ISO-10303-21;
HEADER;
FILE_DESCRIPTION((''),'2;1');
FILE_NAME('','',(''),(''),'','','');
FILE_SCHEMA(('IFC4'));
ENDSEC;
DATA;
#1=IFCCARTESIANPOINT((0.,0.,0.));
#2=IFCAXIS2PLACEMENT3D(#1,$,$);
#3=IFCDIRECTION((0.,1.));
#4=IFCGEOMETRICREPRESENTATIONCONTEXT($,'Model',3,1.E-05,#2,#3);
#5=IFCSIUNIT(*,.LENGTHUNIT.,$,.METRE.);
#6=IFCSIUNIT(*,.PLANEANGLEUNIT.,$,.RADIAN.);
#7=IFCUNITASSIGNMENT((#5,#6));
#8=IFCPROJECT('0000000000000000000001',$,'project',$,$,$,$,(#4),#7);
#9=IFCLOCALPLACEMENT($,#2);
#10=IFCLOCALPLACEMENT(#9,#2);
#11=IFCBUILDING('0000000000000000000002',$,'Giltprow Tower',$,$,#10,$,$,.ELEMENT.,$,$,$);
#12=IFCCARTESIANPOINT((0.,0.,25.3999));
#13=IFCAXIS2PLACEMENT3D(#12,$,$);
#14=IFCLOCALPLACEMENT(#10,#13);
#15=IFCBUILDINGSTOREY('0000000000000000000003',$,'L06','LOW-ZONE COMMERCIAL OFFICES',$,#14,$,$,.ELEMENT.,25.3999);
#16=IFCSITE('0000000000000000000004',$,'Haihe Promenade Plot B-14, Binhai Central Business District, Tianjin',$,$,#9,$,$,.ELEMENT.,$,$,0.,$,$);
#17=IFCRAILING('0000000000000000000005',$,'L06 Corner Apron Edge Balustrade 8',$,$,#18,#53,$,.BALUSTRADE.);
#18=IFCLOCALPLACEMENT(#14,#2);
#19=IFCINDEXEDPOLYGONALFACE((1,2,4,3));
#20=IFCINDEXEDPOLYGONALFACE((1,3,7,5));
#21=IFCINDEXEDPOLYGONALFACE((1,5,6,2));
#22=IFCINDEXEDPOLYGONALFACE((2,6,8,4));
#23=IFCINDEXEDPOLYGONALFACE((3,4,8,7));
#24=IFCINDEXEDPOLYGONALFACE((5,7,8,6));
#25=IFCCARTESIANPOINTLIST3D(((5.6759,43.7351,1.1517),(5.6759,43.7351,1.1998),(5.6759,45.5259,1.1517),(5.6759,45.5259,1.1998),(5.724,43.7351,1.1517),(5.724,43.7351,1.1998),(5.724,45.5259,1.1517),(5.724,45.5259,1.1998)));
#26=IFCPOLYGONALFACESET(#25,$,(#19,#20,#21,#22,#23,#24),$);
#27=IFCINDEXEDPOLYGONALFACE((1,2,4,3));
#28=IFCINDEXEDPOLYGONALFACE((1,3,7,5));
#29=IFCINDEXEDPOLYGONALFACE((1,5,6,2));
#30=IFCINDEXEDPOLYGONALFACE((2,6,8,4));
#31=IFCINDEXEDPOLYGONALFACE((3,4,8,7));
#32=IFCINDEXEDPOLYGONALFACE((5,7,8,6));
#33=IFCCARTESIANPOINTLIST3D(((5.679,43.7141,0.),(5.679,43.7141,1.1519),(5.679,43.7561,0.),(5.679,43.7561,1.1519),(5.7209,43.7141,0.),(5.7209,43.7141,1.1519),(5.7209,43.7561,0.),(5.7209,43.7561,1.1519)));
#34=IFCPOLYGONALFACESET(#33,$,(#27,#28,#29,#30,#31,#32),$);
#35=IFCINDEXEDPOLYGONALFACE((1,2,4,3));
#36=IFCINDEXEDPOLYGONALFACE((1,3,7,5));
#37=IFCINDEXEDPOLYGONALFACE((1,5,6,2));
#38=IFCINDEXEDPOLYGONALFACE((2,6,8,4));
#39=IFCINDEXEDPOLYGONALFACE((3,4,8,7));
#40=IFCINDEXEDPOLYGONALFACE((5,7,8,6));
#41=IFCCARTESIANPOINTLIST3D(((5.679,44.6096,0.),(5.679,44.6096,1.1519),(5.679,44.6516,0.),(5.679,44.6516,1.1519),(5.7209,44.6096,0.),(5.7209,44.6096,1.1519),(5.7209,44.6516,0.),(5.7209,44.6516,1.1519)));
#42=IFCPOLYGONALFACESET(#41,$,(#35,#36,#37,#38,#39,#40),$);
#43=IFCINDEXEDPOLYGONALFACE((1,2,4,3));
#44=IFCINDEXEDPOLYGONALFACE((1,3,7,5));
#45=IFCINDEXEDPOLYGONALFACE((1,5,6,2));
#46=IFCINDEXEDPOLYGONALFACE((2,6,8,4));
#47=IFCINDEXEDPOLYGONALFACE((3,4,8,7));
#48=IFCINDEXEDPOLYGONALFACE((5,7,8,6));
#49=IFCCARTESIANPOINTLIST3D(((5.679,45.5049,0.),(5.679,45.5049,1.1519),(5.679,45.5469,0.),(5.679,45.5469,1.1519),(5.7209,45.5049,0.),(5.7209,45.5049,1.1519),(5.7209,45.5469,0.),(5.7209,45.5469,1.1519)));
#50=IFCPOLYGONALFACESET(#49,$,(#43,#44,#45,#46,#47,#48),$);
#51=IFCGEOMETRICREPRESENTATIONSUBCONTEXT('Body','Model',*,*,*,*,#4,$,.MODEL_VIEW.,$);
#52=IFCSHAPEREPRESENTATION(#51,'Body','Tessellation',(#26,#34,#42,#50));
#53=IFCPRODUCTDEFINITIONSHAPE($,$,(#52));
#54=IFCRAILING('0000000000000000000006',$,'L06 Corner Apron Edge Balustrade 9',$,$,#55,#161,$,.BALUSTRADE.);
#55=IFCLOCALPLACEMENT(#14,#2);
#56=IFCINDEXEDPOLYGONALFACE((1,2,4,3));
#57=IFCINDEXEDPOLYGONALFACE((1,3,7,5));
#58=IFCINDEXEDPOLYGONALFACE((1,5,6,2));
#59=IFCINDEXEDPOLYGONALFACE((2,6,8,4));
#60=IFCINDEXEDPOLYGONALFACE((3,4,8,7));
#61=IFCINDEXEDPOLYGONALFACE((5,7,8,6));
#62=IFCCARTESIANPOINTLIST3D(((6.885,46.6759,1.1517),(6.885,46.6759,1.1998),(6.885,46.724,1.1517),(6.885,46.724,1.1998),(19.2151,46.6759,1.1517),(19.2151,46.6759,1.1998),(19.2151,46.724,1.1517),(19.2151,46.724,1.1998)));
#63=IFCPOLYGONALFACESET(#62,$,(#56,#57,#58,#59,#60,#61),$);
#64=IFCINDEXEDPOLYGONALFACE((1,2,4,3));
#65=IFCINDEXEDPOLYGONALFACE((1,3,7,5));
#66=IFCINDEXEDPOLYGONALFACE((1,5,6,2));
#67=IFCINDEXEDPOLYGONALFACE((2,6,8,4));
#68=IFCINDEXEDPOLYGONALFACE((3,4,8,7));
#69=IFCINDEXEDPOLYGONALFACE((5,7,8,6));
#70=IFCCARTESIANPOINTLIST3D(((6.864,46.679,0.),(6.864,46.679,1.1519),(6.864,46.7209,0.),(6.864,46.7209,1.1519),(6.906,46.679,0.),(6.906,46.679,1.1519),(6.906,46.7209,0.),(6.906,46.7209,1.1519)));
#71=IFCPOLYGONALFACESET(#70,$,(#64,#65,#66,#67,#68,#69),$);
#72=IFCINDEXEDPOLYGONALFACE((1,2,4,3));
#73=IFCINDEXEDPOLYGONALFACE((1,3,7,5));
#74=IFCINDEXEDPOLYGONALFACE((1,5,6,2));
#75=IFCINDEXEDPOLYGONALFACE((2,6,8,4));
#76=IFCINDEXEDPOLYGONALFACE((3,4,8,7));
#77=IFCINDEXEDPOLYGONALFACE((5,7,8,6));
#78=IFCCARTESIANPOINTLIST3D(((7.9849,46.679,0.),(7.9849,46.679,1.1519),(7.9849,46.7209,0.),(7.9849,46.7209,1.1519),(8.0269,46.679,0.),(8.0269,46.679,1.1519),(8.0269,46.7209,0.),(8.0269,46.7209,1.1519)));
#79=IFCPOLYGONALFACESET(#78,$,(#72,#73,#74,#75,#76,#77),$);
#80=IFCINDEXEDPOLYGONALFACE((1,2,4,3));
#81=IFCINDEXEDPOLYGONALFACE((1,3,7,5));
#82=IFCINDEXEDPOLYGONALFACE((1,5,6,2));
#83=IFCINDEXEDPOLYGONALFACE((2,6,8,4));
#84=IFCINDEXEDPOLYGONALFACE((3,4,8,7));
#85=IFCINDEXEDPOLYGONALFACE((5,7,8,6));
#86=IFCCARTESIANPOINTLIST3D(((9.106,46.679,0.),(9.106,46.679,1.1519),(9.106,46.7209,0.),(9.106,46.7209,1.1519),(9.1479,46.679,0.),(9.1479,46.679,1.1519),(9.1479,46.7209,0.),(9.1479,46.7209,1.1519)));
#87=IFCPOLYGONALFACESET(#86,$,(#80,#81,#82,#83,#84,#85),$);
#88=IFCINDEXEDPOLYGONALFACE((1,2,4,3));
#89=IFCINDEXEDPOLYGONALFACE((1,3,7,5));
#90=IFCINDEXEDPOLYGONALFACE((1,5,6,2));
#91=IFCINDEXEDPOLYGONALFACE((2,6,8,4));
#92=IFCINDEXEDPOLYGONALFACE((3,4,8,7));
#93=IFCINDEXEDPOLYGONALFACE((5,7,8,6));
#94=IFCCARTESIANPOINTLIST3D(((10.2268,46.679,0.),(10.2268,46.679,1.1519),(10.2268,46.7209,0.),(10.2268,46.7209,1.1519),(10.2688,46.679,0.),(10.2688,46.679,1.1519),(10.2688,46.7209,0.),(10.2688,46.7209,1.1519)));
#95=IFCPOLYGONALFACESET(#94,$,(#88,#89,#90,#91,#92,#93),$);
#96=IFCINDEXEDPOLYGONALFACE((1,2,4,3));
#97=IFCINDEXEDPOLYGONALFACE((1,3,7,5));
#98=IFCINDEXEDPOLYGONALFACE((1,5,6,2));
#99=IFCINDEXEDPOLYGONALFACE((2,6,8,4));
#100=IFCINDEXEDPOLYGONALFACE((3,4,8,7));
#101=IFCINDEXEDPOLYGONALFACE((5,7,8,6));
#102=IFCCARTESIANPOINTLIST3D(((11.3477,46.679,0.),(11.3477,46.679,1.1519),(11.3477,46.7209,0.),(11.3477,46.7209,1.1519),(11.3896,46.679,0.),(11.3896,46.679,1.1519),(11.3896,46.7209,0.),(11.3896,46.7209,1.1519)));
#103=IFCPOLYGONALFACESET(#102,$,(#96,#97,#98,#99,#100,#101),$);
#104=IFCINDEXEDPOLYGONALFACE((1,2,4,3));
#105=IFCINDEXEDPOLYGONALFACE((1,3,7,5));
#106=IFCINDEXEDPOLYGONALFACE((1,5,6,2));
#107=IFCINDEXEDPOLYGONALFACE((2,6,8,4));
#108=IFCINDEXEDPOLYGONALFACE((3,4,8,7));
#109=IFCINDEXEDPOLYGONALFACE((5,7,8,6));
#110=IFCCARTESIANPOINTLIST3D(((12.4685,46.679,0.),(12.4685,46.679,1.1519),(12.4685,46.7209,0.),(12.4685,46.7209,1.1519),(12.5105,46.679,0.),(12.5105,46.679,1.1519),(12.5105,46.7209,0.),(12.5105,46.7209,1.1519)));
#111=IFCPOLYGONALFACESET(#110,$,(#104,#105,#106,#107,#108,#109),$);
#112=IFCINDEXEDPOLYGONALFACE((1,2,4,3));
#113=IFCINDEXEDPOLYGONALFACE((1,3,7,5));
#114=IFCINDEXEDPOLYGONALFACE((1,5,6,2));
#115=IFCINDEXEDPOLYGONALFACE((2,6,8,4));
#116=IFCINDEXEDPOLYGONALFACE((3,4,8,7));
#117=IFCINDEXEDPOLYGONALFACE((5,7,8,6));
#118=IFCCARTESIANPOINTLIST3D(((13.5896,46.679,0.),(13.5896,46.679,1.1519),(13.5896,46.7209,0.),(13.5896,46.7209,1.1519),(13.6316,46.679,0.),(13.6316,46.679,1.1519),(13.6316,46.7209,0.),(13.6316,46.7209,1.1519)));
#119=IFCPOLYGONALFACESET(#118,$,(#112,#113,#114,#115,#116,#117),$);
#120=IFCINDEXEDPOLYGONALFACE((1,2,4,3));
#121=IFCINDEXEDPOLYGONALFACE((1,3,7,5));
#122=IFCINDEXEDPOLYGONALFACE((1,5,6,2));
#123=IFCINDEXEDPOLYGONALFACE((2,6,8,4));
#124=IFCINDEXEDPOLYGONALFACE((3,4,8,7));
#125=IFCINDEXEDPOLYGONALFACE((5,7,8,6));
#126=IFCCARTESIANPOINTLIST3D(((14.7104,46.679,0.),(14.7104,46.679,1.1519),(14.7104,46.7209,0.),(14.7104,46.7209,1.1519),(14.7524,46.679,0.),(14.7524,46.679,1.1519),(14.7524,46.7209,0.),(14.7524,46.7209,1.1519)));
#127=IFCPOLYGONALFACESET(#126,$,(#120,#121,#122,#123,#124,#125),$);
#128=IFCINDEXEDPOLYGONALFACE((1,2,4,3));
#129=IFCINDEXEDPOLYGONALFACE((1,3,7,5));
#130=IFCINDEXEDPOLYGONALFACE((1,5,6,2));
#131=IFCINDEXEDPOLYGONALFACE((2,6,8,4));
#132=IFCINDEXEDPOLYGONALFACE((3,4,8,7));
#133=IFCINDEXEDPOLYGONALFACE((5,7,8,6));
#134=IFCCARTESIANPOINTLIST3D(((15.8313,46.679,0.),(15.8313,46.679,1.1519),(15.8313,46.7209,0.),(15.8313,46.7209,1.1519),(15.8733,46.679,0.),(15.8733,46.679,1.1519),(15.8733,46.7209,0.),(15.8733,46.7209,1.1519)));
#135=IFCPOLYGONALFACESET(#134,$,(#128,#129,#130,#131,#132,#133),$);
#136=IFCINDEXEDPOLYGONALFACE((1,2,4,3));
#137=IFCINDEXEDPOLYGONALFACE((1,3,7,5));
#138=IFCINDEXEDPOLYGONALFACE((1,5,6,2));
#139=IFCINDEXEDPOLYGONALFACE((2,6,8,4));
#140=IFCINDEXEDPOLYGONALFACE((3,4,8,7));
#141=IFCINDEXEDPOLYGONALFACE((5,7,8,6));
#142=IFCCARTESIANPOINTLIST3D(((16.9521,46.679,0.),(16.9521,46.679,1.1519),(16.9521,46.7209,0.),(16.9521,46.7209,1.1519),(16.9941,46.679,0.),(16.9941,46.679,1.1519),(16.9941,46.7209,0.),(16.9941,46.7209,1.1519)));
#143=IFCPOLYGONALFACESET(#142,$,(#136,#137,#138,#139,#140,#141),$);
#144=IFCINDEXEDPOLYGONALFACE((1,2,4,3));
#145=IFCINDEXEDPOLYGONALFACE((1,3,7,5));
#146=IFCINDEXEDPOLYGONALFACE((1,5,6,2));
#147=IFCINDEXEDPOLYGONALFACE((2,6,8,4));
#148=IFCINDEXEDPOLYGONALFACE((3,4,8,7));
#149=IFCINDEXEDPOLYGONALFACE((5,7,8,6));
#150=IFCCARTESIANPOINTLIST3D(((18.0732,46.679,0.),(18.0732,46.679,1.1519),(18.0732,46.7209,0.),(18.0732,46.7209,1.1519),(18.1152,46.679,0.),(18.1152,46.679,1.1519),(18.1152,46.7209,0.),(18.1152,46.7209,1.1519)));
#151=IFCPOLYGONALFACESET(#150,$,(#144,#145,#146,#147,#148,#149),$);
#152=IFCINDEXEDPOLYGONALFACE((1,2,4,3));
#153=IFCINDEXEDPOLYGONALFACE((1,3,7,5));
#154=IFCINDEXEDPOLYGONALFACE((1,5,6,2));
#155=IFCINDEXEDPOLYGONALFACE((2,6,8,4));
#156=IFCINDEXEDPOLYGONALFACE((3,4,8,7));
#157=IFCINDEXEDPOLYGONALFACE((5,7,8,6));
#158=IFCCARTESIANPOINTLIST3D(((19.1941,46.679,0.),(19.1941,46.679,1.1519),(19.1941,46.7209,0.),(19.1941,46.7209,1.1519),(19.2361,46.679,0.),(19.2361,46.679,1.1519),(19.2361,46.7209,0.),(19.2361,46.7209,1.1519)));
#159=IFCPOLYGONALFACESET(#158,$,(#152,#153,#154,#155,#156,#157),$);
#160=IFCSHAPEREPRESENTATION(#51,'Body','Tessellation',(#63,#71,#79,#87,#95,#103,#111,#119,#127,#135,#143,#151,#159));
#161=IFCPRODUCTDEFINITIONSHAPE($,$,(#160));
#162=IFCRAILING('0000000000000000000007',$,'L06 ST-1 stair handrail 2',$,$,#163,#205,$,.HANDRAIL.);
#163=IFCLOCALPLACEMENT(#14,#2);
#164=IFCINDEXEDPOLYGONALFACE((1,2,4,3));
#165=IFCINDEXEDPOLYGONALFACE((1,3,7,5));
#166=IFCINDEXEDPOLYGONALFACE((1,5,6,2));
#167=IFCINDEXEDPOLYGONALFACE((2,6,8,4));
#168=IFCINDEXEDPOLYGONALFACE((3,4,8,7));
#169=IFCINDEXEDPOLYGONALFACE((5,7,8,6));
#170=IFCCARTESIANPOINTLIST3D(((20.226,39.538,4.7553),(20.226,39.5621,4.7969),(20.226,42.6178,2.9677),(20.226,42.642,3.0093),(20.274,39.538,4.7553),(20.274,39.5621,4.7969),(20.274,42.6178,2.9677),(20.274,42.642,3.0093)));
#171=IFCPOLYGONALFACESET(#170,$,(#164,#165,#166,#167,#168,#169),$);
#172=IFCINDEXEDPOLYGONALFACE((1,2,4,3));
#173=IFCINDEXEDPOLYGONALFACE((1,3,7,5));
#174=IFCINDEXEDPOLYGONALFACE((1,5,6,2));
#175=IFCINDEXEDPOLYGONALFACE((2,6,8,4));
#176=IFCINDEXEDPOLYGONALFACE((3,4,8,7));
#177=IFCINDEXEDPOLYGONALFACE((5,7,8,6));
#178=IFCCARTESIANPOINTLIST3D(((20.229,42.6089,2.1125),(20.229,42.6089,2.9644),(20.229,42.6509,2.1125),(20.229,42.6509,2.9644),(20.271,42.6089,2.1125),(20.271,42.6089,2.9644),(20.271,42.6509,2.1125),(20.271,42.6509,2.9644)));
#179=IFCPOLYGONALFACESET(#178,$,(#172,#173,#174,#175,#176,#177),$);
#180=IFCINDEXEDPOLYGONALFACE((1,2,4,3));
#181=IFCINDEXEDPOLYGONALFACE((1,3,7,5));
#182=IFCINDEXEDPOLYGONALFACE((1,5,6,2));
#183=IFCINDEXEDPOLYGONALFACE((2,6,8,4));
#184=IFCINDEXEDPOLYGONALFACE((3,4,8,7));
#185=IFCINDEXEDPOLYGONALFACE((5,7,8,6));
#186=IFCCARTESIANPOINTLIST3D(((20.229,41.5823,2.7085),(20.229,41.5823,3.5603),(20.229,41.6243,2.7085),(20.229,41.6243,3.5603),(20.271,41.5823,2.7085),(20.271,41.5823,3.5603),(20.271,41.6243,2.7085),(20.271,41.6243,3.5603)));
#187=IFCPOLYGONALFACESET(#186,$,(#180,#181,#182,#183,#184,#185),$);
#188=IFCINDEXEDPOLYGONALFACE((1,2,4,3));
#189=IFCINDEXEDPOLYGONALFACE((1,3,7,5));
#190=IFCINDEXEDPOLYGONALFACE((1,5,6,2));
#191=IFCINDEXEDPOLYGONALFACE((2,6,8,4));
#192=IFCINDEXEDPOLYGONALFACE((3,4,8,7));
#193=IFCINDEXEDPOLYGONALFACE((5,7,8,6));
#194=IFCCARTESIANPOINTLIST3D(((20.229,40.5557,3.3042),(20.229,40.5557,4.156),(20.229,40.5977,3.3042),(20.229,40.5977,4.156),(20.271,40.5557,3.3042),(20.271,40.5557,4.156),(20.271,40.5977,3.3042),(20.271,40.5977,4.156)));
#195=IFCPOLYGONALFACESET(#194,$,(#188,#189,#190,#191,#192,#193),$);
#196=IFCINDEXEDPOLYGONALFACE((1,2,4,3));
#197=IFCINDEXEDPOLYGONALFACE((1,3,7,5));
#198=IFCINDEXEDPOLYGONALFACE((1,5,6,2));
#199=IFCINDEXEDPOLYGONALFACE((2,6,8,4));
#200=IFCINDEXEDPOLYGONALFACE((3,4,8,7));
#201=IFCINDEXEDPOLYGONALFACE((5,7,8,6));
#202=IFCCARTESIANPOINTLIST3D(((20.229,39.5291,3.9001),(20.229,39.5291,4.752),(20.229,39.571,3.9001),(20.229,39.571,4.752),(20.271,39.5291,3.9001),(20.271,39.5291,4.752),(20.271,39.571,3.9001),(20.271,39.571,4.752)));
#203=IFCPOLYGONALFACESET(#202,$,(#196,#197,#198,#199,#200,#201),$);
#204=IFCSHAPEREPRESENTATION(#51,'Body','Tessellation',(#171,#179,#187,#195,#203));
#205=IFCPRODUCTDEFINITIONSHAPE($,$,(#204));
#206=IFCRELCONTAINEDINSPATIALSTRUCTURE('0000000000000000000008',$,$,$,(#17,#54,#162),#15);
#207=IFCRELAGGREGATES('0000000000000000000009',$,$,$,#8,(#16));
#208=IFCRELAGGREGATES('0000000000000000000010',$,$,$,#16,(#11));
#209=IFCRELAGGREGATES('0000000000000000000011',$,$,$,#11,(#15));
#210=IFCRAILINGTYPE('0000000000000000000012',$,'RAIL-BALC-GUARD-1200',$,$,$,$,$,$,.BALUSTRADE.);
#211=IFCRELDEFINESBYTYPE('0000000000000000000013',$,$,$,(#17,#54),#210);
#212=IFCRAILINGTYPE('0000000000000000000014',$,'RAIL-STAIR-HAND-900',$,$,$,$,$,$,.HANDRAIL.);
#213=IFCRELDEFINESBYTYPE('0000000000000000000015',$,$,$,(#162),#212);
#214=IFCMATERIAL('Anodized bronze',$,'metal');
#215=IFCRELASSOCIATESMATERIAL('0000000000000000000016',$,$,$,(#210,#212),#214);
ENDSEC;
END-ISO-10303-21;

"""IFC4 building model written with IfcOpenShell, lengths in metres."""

from ifc_helpers import new_model, si_unit, direction, frame, origin, origin_2d, place, context, subcontext, project, spatial, rectangle, extrude, material, type_object, element, save


model = new_model("IFC4")

# Units and contexts
model_context = context("Model", 3, precision=1e-05, world=origin(), true_north=direction((0.0, 1.0)))
body_context = subcontext(model_context, "Body", "Model", "MODEL_VIEW")
ifc_project = project(units=[si_unit("LENGTHUNIT", "METRE"), si_unit("PLANEANGLEUNIT", "RADIAN")], contexts=[model_context])

# Site, building, storey
site_placement = place(None, origin())
site = spatial("IfcSite", under=ifc_project, at=site_placement, Name="Haihe Promenade Plot B-14, Binhai Central Business District, Tianjin", CompositionType="ELEMENT", RefElevation=0.0)
building_placement = place(site_placement, origin())
building = spatial("IfcBuilding", under=site, at=building_placement, Name="Giltprow Tower", CompositionType="ELEMENT")
storey_placement = place(building_placement, frame((0.0, 0.0, 25.3999)))
storey = spatial("IfcBuildingStorey", under=building, at=storey_placement, Name="L06", Description="LOW-ZONE COMMERCIAL OFFICES", CompositionType="ELEMENT", Elevation=25.3999)

# Railings
ifc_material_1 = material(Name="Anodized bronze", Category="metal")
railing_type_1 = type_object("IfcRailingType", Name="RAIL-BALC-GUARD-1200", PredefinedType="BALUSTRADE", material=ifc_material_1)
railing_1_placement = place(storey_placement, frame((5.7, 43.7351, 0.0)))
element("IfcRailing", 1, at=railing_1_placement, inside=storey, type_object=railing_type_1, Name="L06 Corner Apron Edge Balustrade 8", PredefinedType="BALUSTRADE", context=body_context, shape_type="SweptSolid", body=[
    extrude(rectangle(XDim=0.0481, YDim=0.0481, at=origin_2d()), frame((0.0, 0.0, 1.1758), z_axis=(0.0, 1.0, 0.0), x_axis=(-1.0, 0.0, 0.0)), (0.0, 0.0, 1.0), 1.7908),
    extrude(rectangle(XDim=0.042, YDim=0.042, at=origin_2d()), origin(), (0.0, 0.0, 1.0), 1.1519),
    extrude(rectangle(XDim=0.042, YDim=0.042, at=origin_2d()), frame((0.0, 0.8955, 0.0)), (0.0, 0.0, 1.0), 1.1519),
    extrude(rectangle(XDim=0.042, YDim=0.042, at=origin_2d()), frame((0.0, 1.7908, 0.0)), (0.0, 0.0, 1.0), 1.1519),
])
railing_2_placement = place(storey_placement, frame((6.885, 46.7, 0.0)))
element("IfcRailing", 2, at=railing_2_placement, inside=storey, type_object=railing_type_1, Name="L06 Corner Apron Edge Balustrade 9", PredefinedType="BALUSTRADE", context=body_context, shape_type="SweptSolid", body=[
    extrude(rectangle(XDim=0.0481, YDim=0.0481, at=origin_2d()), frame((0.0, 0.0, 1.1758), z_axis=(1.0, 0.0, 0.0), x_axis=(0.0, 1.0, 0.0)), (0.0, 0.0, 1.0), 12.3301),
    extrude(rectangle(XDim=0.042, YDim=0.042, at=origin_2d()), origin(), (0.0, 0.0, 1.0), 1.1519),
    extrude(rectangle(XDim=0.042, YDim=0.042, at=origin_2d()), frame((1.1208, 0.0, 0.0)), (0.0, 0.0, 1.0), 1.1519),
    extrude(rectangle(XDim=0.042, YDim=0.042, at=origin_2d()), frame((2.2419, 0.0, 0.0)), (0.0, 0.0, 1.0), 1.1519),
    extrude(rectangle(XDim=0.042, YDim=0.042, at=origin_2d()), frame((3.3628, 0.0, 0.0)), (0.0, 0.0, 1.0), 1.1519),
    extrude(rectangle(XDim=0.042, YDim=0.042, at=origin_2d()), frame((4.4836, 0.0, 0.0)), (0.0, 0.0, 1.0), 1.1519),
    extrude(rectangle(XDim=0.042, YDim=0.042, at=origin_2d()), frame((5.6045, 0.0, 0.0)), (0.0, 0.0, 1.0), 1.1519),
    extrude(rectangle(XDim=0.042, YDim=0.042, at=origin_2d()), frame((6.7256, 0.0, 0.0)), (0.0, 0.0, 1.0), 1.1519),
    extrude(rectangle(XDim=0.042, YDim=0.042, at=origin_2d()), frame((7.8464, 0.0, 0.0)), (0.0, 0.0, 1.0), 1.1519),
    extrude(rectangle(XDim=0.042, YDim=0.042, at=origin_2d()), frame((8.9673, 0.0, 0.0)), (0.0, 0.0, 1.0), 1.1519),
    extrude(rectangle(XDim=0.042, YDim=0.042, at=origin_2d()), frame((10.0881, 0.0, 0.0)), (0.0, 0.0, 1.0), 1.1519),
    extrude(rectangle(XDim=0.042, YDim=0.042, at=origin_2d()), frame((11.2092, 0.0, 0.0)), (0.0, 0.0, 1.0), 1.1519),
    extrude(rectangle(XDim=0.042, YDim=0.042, at=origin_2d()), frame((12.3301, 0.0, 0.0)), (0.0, 0.0, 1.0), 1.1519),
])
railing_type_2 = type_object("IfcRailingType", Name="RAIL-STAIR-HAND-900", PredefinedType="HANDRAIL", material=ifc_material_1)
railing_3_placement = place(storey_placement, frame((20.25, 42.6299, 2.1125)))
element("IfcRailing", 3, at=railing_3_placement, inside=storey, type_object=railing_type_2, Name="L06 ST-1 stair handrail 2", PredefinedType="HANDRAIL", context=body_context, shape_type="SweptSolid", body=[
    extrude(rectangle(XDim=0.0481, YDim=0.0481, at=origin_2d()), frame((0.0, 0.0, 0.876), z_axis=(0.0, -0.864873, 0.50199), x_axis=(1.0, 0.0, 0.0)), (0.0, 0.0, 1.0), 3.561),
    extrude(rectangle(XDim=0.042, YDim=0.042, at=origin_2d()), origin(), (0.0, 0.0, 1.0), 0.8518),
    extrude(rectangle(XDim=0.042, YDim=0.042, at=origin_2d()), frame((0.0, -1.0266, 0.5959)), (0.0, 0.0, 1.0), 0.8518),
    extrude(rectangle(XDim=0.042, YDim=0.042, at=origin_2d()), frame((0.0, -2.0532, 1.1917)), (0.0, 0.0, 1.0), 0.8518),
    extrude(rectangle(XDim=0.042, YDim=0.042, at=origin_2d()), frame((0.0, -3.0798, 1.7876)), (0.0, 0.0, 1.0), 0.8518),
])

save(model, "model.ifc")
